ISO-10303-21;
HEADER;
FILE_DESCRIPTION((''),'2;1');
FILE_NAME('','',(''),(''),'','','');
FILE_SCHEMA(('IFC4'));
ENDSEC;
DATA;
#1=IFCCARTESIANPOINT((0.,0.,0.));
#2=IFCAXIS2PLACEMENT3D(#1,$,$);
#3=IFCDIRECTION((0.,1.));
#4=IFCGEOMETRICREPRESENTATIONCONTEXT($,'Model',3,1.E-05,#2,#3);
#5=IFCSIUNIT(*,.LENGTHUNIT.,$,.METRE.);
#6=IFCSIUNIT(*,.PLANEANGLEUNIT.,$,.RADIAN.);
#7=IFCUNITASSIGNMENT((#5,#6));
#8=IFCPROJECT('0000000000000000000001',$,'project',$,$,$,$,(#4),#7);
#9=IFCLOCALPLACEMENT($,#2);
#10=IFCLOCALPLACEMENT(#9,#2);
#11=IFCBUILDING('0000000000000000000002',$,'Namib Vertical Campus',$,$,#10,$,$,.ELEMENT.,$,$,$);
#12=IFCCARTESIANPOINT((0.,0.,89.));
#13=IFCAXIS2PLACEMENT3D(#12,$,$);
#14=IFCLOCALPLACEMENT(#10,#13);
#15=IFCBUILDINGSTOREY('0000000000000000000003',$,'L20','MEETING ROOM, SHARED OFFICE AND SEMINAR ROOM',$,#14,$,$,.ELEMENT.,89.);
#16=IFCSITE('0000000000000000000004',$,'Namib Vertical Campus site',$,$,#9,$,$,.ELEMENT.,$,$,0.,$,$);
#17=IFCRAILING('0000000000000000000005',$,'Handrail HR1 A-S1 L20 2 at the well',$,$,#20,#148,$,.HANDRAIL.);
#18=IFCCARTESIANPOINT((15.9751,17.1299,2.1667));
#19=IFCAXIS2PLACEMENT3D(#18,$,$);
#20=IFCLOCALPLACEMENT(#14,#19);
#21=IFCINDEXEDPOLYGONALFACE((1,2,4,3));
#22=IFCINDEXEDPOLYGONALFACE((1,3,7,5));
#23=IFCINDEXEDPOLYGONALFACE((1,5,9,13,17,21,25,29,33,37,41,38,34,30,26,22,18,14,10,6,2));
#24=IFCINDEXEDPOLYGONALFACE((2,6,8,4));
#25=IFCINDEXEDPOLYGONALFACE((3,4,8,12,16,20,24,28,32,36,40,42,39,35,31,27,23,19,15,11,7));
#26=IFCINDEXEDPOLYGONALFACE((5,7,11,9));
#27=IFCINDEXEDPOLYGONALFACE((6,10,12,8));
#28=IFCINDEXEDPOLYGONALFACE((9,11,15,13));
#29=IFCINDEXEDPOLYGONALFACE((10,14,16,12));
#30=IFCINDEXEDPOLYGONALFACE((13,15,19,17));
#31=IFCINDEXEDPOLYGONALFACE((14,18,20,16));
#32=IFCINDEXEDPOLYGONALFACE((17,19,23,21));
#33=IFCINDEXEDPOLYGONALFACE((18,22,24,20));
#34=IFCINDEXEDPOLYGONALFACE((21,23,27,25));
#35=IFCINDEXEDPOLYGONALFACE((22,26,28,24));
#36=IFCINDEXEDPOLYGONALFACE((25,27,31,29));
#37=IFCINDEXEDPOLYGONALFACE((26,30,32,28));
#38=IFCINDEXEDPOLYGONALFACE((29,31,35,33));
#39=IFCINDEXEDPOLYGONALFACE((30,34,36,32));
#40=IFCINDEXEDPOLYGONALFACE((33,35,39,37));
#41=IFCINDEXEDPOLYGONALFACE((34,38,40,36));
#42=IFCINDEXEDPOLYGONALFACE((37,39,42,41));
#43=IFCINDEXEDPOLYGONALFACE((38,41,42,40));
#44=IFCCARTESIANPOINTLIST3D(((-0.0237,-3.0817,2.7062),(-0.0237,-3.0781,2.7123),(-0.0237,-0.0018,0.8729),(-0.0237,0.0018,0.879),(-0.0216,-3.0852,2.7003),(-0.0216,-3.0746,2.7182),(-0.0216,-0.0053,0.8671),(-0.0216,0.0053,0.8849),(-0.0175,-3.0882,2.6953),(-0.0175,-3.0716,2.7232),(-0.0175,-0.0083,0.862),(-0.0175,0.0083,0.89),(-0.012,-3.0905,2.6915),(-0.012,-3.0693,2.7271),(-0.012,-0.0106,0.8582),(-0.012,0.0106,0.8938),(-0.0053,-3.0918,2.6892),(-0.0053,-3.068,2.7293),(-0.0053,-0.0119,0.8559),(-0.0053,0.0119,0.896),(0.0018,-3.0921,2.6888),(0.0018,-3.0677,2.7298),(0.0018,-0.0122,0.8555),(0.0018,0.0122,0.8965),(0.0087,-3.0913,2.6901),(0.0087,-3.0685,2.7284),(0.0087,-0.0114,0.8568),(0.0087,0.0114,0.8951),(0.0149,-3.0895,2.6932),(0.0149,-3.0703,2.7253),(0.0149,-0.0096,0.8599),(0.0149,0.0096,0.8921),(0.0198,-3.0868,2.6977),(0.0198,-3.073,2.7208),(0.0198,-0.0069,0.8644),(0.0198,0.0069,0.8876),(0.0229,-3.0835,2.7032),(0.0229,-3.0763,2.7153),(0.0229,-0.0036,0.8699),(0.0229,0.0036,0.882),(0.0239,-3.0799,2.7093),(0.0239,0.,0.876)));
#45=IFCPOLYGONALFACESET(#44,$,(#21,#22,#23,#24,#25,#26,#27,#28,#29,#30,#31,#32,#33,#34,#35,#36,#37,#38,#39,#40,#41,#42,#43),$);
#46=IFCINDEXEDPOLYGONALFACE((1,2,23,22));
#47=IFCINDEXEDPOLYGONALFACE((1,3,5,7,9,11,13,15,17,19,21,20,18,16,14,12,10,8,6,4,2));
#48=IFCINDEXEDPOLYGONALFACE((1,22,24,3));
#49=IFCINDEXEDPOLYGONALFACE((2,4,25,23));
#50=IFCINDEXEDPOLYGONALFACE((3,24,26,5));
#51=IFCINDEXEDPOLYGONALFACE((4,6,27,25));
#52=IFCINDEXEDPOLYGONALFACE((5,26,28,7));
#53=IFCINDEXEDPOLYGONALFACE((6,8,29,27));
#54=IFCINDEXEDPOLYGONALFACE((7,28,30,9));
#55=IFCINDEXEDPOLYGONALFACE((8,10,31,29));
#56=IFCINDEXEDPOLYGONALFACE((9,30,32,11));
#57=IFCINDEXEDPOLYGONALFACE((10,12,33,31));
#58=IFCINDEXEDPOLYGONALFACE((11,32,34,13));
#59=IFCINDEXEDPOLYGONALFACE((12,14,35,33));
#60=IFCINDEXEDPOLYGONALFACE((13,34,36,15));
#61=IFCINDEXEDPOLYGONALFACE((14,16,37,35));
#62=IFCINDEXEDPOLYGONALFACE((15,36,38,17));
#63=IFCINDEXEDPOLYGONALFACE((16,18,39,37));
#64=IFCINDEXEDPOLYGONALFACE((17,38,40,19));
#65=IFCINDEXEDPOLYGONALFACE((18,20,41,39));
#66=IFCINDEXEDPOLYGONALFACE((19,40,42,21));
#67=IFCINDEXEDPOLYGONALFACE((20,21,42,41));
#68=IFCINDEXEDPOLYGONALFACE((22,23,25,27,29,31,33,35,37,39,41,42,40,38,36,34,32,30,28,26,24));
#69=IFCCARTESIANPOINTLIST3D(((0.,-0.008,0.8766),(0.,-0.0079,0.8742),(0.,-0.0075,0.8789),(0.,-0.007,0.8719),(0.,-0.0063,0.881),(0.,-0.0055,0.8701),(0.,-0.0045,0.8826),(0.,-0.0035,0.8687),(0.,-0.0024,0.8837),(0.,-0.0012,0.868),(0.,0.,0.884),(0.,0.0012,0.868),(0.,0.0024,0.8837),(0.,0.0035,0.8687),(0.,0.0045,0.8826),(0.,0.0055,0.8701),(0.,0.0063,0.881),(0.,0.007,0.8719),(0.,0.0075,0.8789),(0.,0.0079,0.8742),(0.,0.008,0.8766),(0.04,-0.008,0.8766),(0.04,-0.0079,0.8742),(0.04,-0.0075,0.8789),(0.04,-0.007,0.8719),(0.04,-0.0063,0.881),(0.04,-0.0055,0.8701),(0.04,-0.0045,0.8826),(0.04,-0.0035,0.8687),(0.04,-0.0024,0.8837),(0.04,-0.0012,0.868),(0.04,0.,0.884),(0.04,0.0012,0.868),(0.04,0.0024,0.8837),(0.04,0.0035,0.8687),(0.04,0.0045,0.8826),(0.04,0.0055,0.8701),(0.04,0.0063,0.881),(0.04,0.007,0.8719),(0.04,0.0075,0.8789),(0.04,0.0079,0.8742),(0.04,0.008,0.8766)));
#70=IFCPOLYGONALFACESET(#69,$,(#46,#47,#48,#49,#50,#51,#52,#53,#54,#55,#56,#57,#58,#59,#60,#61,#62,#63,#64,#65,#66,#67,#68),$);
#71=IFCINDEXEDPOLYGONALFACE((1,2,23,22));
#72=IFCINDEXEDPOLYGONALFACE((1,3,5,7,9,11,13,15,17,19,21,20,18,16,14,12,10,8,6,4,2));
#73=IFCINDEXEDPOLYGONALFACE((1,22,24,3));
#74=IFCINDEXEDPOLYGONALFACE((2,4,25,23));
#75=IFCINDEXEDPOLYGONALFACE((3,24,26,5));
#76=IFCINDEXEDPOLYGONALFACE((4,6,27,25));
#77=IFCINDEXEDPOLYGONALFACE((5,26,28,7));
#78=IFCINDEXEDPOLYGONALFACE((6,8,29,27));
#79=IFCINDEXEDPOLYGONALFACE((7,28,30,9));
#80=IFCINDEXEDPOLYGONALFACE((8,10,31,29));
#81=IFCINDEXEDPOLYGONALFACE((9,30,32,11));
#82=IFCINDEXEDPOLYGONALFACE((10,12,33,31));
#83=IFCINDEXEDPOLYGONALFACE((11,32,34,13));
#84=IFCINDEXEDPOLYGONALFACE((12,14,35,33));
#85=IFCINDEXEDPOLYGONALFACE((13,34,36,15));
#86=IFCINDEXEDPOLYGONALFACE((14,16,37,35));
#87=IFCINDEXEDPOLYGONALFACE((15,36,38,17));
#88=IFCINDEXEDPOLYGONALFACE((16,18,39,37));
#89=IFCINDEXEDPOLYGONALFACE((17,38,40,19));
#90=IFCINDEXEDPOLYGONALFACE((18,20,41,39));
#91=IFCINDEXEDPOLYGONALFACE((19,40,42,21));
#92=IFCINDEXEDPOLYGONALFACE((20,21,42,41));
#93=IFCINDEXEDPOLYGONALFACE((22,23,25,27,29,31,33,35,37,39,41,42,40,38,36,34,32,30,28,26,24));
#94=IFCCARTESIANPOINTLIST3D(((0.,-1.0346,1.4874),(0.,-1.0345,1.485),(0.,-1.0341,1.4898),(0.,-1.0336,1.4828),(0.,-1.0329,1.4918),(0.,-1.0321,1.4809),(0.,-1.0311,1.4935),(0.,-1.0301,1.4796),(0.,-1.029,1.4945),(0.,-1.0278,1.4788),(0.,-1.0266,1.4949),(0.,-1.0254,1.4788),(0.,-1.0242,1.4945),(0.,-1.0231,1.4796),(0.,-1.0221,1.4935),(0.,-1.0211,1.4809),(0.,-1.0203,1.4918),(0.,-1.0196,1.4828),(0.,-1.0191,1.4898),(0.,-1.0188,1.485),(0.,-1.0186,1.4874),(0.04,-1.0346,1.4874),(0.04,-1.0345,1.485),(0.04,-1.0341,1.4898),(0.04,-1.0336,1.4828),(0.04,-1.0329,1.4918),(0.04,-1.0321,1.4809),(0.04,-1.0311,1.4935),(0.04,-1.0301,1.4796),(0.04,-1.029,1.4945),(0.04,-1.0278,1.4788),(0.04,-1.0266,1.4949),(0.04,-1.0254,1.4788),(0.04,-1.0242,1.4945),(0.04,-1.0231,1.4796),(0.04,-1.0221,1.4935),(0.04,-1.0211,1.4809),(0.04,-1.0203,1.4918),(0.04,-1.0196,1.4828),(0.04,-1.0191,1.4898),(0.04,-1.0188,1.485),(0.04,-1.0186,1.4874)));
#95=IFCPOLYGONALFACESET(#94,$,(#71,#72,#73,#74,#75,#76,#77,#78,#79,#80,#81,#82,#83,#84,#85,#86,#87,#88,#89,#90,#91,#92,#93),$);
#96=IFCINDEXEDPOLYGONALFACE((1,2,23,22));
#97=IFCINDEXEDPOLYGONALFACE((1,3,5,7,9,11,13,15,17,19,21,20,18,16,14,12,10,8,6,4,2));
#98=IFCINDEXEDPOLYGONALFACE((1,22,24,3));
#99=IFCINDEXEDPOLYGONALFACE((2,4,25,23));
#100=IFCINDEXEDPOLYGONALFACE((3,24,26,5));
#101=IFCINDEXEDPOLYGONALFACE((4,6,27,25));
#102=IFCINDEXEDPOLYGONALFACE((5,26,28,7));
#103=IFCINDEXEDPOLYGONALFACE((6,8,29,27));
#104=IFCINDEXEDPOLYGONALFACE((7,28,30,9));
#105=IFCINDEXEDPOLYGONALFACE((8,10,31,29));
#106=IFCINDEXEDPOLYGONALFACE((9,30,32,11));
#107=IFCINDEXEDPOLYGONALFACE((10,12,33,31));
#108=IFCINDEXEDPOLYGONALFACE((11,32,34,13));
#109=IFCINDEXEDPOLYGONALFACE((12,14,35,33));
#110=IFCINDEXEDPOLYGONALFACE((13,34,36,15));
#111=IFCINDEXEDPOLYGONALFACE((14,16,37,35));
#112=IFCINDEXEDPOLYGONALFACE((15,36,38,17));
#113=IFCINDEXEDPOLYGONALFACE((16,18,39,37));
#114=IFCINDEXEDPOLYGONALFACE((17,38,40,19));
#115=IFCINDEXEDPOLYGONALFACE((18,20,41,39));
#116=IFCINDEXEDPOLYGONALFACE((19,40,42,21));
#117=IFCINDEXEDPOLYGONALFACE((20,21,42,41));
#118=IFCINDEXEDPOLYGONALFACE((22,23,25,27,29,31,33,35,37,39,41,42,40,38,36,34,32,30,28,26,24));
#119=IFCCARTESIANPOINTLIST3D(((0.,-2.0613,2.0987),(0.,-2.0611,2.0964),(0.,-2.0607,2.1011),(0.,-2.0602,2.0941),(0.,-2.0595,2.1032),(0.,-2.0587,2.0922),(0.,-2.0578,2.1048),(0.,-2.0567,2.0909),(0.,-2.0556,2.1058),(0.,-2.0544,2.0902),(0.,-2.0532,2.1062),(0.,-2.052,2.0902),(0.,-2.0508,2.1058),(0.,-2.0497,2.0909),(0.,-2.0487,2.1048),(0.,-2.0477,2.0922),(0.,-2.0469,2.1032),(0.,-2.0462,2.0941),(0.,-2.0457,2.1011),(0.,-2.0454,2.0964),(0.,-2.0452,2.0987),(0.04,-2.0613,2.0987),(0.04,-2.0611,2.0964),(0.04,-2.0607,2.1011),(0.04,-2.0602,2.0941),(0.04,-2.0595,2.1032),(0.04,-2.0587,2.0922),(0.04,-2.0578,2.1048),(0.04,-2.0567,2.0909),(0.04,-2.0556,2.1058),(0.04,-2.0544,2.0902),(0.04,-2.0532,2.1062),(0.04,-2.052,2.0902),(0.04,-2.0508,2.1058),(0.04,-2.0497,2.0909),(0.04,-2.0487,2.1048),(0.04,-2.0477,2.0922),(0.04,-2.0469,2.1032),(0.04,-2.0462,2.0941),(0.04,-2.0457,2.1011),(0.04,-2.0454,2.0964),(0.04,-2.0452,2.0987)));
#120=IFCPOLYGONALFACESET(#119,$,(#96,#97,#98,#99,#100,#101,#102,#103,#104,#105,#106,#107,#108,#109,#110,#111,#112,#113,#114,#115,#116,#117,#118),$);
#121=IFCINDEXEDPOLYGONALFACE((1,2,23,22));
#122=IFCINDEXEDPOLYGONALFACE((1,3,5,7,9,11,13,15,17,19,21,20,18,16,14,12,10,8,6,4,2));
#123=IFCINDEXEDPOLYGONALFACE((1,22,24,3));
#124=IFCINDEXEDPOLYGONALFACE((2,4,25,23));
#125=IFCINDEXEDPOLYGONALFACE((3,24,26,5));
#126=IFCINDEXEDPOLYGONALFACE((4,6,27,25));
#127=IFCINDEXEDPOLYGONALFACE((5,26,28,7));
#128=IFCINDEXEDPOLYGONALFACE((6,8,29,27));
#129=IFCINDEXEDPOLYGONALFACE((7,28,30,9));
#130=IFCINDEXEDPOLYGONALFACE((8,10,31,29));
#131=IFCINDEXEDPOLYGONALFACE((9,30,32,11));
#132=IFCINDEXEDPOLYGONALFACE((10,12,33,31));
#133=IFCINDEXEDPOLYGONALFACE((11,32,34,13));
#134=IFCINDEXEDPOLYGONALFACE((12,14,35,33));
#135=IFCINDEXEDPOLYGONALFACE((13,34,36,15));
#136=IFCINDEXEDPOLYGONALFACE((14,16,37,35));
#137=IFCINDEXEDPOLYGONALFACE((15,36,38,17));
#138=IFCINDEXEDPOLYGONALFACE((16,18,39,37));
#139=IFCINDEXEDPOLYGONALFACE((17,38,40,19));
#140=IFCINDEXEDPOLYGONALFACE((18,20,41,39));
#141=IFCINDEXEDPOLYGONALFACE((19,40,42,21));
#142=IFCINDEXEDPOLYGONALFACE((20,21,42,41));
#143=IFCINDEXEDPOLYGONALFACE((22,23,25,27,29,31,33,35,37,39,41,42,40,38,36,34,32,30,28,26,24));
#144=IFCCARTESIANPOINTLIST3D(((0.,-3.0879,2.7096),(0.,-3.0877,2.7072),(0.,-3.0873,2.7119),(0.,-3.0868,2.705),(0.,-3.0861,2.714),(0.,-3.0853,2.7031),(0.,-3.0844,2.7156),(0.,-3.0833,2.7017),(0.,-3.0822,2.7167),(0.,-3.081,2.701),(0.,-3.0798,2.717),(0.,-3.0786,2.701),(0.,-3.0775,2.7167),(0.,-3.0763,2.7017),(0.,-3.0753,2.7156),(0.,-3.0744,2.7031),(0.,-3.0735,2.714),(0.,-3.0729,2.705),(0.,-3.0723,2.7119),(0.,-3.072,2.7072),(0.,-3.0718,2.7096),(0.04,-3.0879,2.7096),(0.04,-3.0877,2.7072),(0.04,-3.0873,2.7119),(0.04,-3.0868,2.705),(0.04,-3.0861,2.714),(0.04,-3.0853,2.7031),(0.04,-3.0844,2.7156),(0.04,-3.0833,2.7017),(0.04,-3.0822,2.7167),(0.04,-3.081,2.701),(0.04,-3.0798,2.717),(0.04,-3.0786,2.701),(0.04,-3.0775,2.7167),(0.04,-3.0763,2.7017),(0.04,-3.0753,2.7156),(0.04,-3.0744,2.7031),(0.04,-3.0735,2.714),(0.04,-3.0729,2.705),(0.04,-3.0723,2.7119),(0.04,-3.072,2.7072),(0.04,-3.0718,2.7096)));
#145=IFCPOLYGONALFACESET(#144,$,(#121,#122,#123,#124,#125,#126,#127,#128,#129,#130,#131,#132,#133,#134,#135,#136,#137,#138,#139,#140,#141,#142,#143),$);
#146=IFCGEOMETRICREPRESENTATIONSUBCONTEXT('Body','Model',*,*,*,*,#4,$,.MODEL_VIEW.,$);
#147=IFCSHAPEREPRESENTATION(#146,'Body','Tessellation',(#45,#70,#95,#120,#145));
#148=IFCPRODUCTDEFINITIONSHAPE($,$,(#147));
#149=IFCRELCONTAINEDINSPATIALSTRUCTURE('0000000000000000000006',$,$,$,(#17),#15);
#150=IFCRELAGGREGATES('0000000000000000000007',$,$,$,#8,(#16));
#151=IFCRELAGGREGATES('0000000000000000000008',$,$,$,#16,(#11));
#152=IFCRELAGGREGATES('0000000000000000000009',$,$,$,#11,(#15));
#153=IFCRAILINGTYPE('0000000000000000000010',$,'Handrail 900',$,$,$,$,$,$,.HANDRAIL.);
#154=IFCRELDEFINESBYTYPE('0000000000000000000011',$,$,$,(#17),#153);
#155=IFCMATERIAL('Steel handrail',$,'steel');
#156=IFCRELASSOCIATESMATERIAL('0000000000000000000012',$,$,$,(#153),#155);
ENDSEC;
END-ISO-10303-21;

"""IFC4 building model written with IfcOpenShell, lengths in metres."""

from ifc_helpers import new_model, si_unit, direction, frame, origin, origin_2d, place, context, subcontext, project, spatial, circle, extrude, material, type_object, element, save


model = new_model("IFC4")

# Units and contexts
model_context = context("Model", 3, precision=1e-05, world=origin(), true_north=direction((0.0, 1.0)))
body_context = subcontext(model_context, "Body", "Model", "MODEL_VIEW")
ifc_project = project(units=[si_unit("LENGTHUNIT", "METRE"), si_unit("PLANEANGLEUNIT", "RADIAN")], contexts=[model_context])

# Site, building, storey
site_placement = place(None, origin())
site = spatial("IfcSite", under=ifc_project, at=site_placement, Name="Namib Vertical Campus site", CompositionType="ELEMENT", RefElevation=0.0)
building_placement = place(site_placement, origin())
building = spatial("IfcBuilding", under=site, at=building_placement, Name="Namib Vertical Campus", CompositionType="ELEMENT")
storey_placement = place(building_placement, frame((0.0, 0.0, 89.0)))
storey = spatial("IfcBuildingStorey", under=building, at=storey_placement, Name="L20", Description="MEETING ROOM, SHARED OFFICE AND SEMINAR ROOM", CompositionType="ELEMENT", Elevation=89.0)

# Railing
ifc_material_1 = material(Name="Steel handrail", Category="steel")
railing_type_1 = type_object("IfcRailingType", Name="Handrail 900", PredefinedType="HANDRAIL", material=ifc_material_1)
railing_1_placement = place(storey_placement, frame((15.9751, 17.1299, 2.1667)))
element("IfcRailing", 1, at=railing_1_placement, inside=storey, type_object=railing_type_1, Name="Handrail HR1 A-S1 L20 2 at the well", PredefinedType="HANDRAIL", context=body_context, shape_type="SweptSolid", body=[
    extrude(circle(Radius=0.0239, at=origin_2d()), frame((0.0, 0.0, 0.876), z_axis=(0.0, -0.859291, 0.511487), x_axis=(1.0, 0.0, 0.0)), (0.0, 0.0, 1.0), 3.5842),
    extrude(circle(Radius=0.0081, at=origin_2d()), frame((0.0, 0.0, 0.876), z_axis=(1.0, 0.0, 0.0), x_axis=(0.0, 0.0, 1.0)), (0.0, 0.0, 1.0), 0.04),
    extrude(circle(Radius=0.0081, at=origin_2d()), frame((0.0, -1.0266, 1.4868), z_axis=(1.0, 0.0, 0.0), x_axis=(0.0, 0.0, 1.0)), (0.0, 0.0, 1.0), 0.04),
    extrude(circle(Radius=0.0081, at=origin_2d()), frame((0.0, -2.0532, 2.0981), z_axis=(1.0, 0.0, 0.0), x_axis=(0.0, 0.0, 1.0)), (0.0, 0.0, 1.0), 0.04),
    extrude(circle(Radius=0.0081, at=origin_2d()), frame((0.0, -3.0798, 2.709), z_axis=(1.0, 0.0, 0.0), x_axis=(0.0, 0.0, 1.0)), (0.0, 0.0, 1.0), 0.04),
])

save(model, "model.ifc")
